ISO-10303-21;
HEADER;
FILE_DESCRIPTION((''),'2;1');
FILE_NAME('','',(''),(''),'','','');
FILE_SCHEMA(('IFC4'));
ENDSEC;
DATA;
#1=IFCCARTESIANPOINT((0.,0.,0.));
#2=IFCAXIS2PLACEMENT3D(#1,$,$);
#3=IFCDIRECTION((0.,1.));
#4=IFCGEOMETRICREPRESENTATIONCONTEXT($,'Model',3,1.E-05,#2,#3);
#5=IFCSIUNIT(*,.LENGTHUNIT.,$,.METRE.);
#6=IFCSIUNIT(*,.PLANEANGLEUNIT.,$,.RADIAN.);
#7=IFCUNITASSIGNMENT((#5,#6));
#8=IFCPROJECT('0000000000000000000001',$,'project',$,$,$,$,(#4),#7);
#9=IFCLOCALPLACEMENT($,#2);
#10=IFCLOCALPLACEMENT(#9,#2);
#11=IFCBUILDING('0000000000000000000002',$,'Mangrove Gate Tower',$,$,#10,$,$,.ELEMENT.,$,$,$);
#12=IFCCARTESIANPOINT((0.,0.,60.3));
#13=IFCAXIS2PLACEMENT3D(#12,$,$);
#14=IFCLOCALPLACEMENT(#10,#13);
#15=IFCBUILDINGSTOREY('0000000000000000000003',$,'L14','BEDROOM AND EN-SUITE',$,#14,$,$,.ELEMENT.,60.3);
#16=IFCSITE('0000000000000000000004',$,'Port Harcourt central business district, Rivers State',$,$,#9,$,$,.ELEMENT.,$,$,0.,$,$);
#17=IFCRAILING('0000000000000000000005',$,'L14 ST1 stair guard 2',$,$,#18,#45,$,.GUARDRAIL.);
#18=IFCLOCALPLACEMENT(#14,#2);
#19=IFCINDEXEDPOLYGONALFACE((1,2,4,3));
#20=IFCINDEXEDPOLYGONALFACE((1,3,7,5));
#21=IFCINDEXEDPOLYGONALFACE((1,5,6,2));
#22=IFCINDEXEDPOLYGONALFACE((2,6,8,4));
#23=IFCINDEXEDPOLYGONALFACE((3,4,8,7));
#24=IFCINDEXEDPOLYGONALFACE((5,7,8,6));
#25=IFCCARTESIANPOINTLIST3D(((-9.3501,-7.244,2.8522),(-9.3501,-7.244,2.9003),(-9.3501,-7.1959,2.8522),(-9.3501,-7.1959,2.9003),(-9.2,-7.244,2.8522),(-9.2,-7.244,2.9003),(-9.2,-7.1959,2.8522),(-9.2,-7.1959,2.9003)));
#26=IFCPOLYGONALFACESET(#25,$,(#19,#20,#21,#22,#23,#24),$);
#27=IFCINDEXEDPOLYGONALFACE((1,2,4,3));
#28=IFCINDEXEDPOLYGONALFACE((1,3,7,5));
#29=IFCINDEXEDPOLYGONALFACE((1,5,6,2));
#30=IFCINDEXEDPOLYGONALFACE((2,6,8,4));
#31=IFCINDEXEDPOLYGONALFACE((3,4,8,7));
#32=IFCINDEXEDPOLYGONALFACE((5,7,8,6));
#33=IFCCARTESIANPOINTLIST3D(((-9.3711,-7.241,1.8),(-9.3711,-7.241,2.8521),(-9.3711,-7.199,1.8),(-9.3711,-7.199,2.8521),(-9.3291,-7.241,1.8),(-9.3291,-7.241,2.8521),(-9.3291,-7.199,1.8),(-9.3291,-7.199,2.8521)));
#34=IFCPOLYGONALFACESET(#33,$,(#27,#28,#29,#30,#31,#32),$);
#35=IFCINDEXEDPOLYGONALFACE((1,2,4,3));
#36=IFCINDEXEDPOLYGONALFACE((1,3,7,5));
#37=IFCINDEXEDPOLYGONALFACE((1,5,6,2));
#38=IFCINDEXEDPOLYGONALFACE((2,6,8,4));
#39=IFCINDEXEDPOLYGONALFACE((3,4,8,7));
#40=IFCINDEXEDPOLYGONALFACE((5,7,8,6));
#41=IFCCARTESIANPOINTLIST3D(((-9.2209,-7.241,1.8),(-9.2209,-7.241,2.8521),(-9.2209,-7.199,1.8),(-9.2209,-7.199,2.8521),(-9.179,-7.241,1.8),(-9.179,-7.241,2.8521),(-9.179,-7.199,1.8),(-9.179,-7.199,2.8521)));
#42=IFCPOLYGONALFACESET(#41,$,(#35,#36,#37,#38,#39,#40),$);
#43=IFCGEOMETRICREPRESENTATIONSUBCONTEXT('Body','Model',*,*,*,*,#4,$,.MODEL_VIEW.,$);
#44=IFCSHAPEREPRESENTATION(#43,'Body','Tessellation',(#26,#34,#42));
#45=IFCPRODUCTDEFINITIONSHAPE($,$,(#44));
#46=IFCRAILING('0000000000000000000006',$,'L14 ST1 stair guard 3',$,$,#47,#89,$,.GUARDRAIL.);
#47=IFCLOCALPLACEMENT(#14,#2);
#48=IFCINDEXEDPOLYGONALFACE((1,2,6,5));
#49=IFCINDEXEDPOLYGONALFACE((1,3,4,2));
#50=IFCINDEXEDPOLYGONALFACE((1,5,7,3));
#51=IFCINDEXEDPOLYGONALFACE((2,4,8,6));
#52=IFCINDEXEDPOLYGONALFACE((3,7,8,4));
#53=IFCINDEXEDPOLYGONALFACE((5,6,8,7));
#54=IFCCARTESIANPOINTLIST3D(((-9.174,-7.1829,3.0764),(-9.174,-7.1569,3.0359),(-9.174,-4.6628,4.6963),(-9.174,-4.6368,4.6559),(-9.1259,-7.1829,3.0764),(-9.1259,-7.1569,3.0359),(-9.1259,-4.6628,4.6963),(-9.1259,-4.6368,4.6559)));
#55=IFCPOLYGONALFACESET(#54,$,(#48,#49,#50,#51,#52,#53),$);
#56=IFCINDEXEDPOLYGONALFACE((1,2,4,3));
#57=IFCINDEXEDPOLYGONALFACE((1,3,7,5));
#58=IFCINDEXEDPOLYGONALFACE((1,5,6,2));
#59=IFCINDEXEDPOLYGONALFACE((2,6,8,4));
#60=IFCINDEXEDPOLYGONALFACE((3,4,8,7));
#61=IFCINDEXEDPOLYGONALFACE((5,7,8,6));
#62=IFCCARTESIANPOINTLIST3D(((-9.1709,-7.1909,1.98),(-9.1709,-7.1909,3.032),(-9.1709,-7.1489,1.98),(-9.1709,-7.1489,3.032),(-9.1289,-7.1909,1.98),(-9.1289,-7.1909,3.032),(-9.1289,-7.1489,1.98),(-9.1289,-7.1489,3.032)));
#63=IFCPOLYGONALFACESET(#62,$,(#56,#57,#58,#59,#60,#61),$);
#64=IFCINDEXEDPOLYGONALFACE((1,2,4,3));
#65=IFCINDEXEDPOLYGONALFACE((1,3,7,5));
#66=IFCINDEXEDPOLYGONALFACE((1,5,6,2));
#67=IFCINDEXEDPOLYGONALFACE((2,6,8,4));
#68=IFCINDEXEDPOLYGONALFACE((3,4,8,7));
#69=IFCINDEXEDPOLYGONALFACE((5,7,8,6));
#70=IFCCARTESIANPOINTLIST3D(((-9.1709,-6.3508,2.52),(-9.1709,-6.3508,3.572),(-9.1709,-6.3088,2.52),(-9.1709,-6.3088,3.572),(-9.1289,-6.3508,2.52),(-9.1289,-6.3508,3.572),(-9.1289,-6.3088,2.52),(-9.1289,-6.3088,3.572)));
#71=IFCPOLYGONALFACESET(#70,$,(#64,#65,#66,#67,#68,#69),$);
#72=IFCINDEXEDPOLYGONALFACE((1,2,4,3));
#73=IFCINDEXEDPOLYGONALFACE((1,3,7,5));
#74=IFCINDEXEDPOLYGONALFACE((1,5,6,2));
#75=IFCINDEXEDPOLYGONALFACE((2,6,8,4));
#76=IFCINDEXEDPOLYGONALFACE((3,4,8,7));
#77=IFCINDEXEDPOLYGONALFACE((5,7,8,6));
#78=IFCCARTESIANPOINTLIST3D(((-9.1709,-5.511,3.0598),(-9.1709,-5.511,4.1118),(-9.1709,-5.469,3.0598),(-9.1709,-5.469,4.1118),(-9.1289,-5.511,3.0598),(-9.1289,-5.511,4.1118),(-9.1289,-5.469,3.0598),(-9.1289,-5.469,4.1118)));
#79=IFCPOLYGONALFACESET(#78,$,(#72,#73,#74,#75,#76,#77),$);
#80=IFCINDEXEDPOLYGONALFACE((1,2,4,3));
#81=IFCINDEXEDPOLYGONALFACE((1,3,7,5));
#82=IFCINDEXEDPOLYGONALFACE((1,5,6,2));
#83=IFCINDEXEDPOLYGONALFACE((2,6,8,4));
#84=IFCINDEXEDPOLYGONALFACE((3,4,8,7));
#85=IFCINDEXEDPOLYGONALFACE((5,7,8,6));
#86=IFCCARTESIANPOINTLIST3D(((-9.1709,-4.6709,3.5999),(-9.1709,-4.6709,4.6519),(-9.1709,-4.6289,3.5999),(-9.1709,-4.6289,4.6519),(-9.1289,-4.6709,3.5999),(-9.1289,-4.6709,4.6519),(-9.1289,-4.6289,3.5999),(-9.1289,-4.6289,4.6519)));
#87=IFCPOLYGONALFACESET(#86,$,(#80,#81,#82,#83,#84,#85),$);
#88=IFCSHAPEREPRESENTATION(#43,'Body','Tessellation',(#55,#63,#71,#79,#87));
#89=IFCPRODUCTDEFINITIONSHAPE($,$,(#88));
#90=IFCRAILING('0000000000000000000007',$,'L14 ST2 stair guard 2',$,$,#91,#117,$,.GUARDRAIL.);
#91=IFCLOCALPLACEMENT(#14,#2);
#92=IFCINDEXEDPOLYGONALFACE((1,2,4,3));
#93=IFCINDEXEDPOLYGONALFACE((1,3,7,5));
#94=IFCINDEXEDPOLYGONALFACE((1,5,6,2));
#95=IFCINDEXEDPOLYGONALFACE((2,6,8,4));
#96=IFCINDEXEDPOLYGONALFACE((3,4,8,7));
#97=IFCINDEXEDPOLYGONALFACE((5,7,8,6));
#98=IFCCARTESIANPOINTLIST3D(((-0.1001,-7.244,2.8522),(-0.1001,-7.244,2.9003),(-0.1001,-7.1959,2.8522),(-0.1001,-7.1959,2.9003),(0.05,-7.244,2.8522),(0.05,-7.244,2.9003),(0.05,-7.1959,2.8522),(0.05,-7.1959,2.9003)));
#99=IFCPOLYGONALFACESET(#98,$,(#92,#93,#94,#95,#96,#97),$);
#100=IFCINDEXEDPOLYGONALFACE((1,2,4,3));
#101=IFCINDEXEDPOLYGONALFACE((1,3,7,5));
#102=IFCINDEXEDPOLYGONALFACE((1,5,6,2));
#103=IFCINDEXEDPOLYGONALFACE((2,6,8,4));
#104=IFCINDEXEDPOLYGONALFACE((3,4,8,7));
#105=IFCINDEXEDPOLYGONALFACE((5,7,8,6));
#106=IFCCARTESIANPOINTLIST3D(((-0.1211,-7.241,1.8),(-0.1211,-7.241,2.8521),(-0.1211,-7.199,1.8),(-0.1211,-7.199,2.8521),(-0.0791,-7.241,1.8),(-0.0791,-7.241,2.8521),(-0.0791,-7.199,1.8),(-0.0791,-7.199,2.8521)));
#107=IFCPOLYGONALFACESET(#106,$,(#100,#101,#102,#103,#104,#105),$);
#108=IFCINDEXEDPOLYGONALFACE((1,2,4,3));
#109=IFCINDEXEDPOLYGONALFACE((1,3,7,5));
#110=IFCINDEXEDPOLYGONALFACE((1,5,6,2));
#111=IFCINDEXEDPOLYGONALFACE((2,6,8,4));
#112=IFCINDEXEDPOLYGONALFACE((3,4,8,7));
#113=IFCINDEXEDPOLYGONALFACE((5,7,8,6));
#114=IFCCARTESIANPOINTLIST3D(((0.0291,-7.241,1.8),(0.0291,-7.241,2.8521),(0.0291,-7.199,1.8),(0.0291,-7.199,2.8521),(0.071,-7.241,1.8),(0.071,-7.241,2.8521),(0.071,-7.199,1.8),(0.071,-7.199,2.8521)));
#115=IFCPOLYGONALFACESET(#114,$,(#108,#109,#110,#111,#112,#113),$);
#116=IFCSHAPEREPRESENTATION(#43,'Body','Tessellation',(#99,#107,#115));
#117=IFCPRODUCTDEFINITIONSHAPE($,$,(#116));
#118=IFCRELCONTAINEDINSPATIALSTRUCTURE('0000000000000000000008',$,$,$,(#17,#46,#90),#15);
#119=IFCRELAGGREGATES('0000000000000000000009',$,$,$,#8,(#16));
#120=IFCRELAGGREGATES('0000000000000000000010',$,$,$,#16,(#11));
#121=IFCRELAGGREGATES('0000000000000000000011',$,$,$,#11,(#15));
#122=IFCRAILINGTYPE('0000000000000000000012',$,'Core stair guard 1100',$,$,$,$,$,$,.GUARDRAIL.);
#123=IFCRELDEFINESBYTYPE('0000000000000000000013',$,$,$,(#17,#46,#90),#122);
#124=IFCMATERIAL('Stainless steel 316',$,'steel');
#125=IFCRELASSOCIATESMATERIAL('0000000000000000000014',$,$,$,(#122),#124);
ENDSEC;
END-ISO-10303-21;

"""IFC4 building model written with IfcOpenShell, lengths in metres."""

from ifc_helpers import new_model, si_unit, direction, frame, origin, origin_2d, place, context, subcontext, project, spatial, rectangle, extrude, material, type_object, element, save


model = new_model("IFC4")

# Units and contexts
model_context = context("Model", 3, precision=1e-05, world=origin(), true_north=direction((0.0, 1.0)))
body_context = subcontext(model_context, "Body", "Model", "MODEL_VIEW")
ifc_project = project(units=[si_unit("LENGTHUNIT", "METRE"), si_unit("PLANEANGLEUNIT", "RADIAN")], contexts=[model_context])

# Site, building, storey
site_placement = place(None, origin())
site = spatial("IfcSite", under=ifc_project, at=site_placement, Name="Port Harcourt central business district, Rivers State", CompositionType="ELEMENT", RefElevation=0.0)
building_placement = place(site_placement, origin())
building = spatial("IfcBuilding", under=site, at=building_placement, Name="Mangrove Gate Tower", CompositionType="ELEMENT")
storey_placement = place(building_placement, frame((0.0, 0.0, 60.3)))
storey = spatial("IfcBuildingStorey", under=building, at=storey_placement, Name="L14", Description="BEDROOM AND EN-SUITE", CompositionType="ELEMENT", Elevation=60.3)

# Railings
ifc_material_1 = material(Name="Stainless steel 316", Category="steel")
railing_type_1 = type_object("IfcRailingType", Name="Core stair guard 1100", PredefinedType="GUARDRAIL", material=ifc_material_1)
railing_1_placement = place(storey_placement, frame((-9.3501, -7.22, 1.8)))
element("IfcRailing", 1, at=railing_1_placement, inside=storey, type_object=railing_type_1, Name="L14 ST1 stair guard 2", PredefinedType="GUARDRAIL", context=body_context, shape_type="SweptSolid", body=[
    extrude(rectangle(XDim=0.0481, YDim=0.0481, at=origin_2d()), frame((0.0, 0.0, 1.0762), z_axis=(1.0, 0.0, 0.0), x_axis=(0.0, 1.0, 0.0)), (0.0, 0.0, 1.0), 0.1501),
    extrude(rectangle(XDim=0.042, YDim=0.042, at=origin_2d()), origin(), (0.0, 0.0, 1.0), 1.052),
    extrude(rectangle(XDim=0.042, YDim=0.042, at=origin_2d()), frame((0.1501, 0.0, 0.0)), (0.0, 0.0, 1.0), 1.052),
])
railing_2_placement = place(storey_placement, frame((-9.1499, -7.1699, 1.98)))
element("IfcRailing", 2, at=railing_2_placement, inside=storey, type_object=railing_type_1, Name="L14 ST1 stair guard 3", PredefinedType="GUARDRAIL", context=body_context, shape_type="SweptSolid", body=[
    extrude(rectangle(XDim=0.0481, YDim=0.0481, at=origin_2d()), frame((0.0, 0.0, 1.0762), z_axis=(0.0, 0.8412, 0.540725), x_axis=(-1.0, 0.0, 0.0)), (0.0, 0.0, 1.0), 2.9958),
    extrude(rectangle(XDim=0.042, YDim=0.042, at=origin_2d()), origin(), (0.0, 0.0, 1.0), 1.052),
    extrude(rectangle(XDim=0.042, YDim=0.042, at=origin_2d()), frame((0.0, 0.8401, 0.54)), (0.0, 0.0, 1.0), 1.052),
    extrude(rectangle(XDim=0.042, YDim=0.042, at=origin_2d()), frame((0.0, 1.6799, 1.0798)), (0.0, 0.0, 1.0), 1.052),
    extrude(rectangle(XDim=0.042, YDim=0.042, at=origin_2d()), frame((0.0, 2.52, 1.6199)), (0.0, 0.0, 1.0), 1.052),
])
railing_3_placement = place(storey_placement, frame((-0.1001, -7.22, 1.8)))
element("IfcRailing", 3, at=railing_3_placement, inside=storey, type_object=railing_type_1, Name="L14 ST2 stair guard 2", PredefinedType="GUARDRAIL", context=body_context, shape_type="SweptSolid", body=[
    extrude(rectangle(XDim=0.0481, YDim=0.0481, at=origin_2d()), frame((0.0, 0.0, 1.0762), z_axis=(1.0, 0.0, 0.0), x_axis=(0.0, 1.0, 0.0)), (0.0, 0.0, 1.0), 0.1501),
    extrude(rectangle(XDim=0.042, YDim=0.042, at=origin_2d()), origin(), (0.0, 0.0, 1.0), 1.052),
    extrude(rectangle(XDim=0.042, YDim=0.042, at=origin_2d()), frame((0.1501, 0.0, 0.0)), (0.0, 0.0, 1.0), 1.052),
])

save(model, "model.ifc")
